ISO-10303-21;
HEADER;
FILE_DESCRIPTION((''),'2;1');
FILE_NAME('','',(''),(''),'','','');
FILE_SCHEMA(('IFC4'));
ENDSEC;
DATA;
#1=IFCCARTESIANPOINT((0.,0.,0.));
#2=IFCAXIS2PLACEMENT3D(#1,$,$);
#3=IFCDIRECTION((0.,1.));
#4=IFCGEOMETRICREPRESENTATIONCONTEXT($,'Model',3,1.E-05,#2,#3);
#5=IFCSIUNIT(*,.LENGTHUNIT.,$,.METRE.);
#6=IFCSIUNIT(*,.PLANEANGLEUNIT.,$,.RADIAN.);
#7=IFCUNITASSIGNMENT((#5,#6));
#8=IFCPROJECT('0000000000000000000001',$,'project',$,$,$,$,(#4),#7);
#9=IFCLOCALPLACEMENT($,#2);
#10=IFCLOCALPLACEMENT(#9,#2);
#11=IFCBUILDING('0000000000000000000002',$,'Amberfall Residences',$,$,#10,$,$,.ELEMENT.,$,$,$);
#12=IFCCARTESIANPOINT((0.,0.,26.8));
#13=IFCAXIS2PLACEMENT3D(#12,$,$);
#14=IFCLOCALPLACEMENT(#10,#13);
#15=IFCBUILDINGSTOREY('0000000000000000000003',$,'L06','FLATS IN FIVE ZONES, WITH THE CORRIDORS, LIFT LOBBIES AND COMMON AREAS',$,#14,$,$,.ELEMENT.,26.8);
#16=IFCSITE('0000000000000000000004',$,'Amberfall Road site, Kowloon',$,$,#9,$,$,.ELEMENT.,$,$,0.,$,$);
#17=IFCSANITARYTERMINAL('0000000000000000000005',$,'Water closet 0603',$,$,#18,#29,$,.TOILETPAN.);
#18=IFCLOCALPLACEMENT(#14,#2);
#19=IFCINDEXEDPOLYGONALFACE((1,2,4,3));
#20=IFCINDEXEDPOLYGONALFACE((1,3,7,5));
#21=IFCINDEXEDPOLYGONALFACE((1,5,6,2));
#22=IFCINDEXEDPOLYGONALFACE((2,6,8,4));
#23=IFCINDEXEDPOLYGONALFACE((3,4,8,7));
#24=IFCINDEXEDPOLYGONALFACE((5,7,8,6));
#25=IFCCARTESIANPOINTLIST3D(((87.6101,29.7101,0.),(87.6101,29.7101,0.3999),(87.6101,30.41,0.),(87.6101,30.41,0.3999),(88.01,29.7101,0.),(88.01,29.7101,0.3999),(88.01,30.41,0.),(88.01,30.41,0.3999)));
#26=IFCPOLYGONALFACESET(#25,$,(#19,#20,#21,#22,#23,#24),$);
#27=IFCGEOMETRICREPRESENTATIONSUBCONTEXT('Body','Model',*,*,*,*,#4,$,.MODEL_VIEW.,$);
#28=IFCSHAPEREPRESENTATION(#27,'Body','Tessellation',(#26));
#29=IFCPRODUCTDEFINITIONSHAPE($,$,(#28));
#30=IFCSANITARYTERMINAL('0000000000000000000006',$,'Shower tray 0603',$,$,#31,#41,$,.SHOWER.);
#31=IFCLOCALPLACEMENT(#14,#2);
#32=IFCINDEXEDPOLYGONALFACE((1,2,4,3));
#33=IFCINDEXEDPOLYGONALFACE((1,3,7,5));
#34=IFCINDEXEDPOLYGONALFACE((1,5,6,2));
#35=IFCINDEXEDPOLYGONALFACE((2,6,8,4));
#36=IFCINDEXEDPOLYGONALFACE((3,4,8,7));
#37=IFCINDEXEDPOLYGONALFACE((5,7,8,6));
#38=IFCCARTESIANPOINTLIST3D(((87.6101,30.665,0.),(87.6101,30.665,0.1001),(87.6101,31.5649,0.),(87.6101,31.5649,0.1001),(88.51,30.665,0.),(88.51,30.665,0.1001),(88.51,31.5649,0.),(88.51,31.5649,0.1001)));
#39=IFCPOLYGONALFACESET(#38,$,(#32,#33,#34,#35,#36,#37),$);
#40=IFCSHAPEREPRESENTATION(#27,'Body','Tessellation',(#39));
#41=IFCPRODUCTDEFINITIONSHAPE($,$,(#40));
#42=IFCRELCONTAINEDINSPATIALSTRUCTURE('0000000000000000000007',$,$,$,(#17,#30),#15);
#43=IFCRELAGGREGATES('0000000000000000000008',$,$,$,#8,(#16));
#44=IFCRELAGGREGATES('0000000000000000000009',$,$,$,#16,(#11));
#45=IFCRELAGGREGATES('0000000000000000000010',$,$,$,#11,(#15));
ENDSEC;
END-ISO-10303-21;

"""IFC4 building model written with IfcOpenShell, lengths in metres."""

from ifc_helpers import new_model, si_unit, direction, frame, origin, origin_2d, place, context, subcontext, project, spatial, rectangle, extrude, element, save


model = new_model("IFC4")

# Units and contexts
model_context = context("Model", 3, precision=1e-05, world=origin(), true_north=direction((0.0, 1.0)))
body_context = subcontext(model_context, "Body", "Model", "MODEL_VIEW")
ifc_project = project(units=[si_unit("LENGTHUNIT", "METRE"), si_unit("PLANEANGLEUNIT", "RADIAN")], contexts=[model_context])

# Site, building, storey
site_placement = place(None, origin())
site = spatial("IfcSite", under=ifc_project, at=site_placement, Name="Amberfall Road site, Kowloon", CompositionType="ELEMENT", RefElevation=0.0)
building_placement = place(site_placement, origin())
building = spatial("IfcBuilding", under=site, at=building_placement, Name="Amberfall Residences", CompositionType="ELEMENT")
storey_placement = place(building_placement, frame((0.0, 0.0, 26.8)))
storey = spatial("IfcBuildingStorey", under=building, at=storey_placement, Name="L06", Description="FLATS IN FIVE ZONES, WITH THE CORRIDORS, LIFT LOBBIES AND COMMON AREAS", CompositionType="ELEMENT", Elevation=26.8)

# Sanitary terminals
sanitary_terminal_1_placement = place(storey_placement, frame((87.8101, 30.0601, 0.0), z_axis=(0.0, 0.0, 1.0), x_axis=(1.0, 0.0, 0.0)))
element("IfcSanitaryTerminal", 1, at=sanitary_terminal_1_placement, inside=storey, Name="Water closet 0603", PredefinedType="TOILETPAN", context=body_context, shape_type="SweptSolid", body=[
    extrude(rectangle(XDim=0.3999, YDim=0.7, at=origin_2d()), origin(), (0.0, 0.0, 1.0), 0.3999),
])
sanitary_terminal_2_placement = place(storey_placement, frame((88.0601, 31.115, 0.0), z_axis=(0.0, 0.0, 1.0), x_axis=(1.0, 0.0, 0.0)))
element("IfcSanitaryTerminal", 2, at=sanitary_terminal_2_placement, inside=storey, Name="Shower tray 0603", PredefinedType="SHOWER", context=body_context, shape_type="SweptSolid", body=[
    extrude(rectangle(XDim=0.8999, YDim=0.8999, at=origin_2d()), origin(), (0.0, 0.0, 1.0), 0.1001),
])

save(model, "model.ifc")
